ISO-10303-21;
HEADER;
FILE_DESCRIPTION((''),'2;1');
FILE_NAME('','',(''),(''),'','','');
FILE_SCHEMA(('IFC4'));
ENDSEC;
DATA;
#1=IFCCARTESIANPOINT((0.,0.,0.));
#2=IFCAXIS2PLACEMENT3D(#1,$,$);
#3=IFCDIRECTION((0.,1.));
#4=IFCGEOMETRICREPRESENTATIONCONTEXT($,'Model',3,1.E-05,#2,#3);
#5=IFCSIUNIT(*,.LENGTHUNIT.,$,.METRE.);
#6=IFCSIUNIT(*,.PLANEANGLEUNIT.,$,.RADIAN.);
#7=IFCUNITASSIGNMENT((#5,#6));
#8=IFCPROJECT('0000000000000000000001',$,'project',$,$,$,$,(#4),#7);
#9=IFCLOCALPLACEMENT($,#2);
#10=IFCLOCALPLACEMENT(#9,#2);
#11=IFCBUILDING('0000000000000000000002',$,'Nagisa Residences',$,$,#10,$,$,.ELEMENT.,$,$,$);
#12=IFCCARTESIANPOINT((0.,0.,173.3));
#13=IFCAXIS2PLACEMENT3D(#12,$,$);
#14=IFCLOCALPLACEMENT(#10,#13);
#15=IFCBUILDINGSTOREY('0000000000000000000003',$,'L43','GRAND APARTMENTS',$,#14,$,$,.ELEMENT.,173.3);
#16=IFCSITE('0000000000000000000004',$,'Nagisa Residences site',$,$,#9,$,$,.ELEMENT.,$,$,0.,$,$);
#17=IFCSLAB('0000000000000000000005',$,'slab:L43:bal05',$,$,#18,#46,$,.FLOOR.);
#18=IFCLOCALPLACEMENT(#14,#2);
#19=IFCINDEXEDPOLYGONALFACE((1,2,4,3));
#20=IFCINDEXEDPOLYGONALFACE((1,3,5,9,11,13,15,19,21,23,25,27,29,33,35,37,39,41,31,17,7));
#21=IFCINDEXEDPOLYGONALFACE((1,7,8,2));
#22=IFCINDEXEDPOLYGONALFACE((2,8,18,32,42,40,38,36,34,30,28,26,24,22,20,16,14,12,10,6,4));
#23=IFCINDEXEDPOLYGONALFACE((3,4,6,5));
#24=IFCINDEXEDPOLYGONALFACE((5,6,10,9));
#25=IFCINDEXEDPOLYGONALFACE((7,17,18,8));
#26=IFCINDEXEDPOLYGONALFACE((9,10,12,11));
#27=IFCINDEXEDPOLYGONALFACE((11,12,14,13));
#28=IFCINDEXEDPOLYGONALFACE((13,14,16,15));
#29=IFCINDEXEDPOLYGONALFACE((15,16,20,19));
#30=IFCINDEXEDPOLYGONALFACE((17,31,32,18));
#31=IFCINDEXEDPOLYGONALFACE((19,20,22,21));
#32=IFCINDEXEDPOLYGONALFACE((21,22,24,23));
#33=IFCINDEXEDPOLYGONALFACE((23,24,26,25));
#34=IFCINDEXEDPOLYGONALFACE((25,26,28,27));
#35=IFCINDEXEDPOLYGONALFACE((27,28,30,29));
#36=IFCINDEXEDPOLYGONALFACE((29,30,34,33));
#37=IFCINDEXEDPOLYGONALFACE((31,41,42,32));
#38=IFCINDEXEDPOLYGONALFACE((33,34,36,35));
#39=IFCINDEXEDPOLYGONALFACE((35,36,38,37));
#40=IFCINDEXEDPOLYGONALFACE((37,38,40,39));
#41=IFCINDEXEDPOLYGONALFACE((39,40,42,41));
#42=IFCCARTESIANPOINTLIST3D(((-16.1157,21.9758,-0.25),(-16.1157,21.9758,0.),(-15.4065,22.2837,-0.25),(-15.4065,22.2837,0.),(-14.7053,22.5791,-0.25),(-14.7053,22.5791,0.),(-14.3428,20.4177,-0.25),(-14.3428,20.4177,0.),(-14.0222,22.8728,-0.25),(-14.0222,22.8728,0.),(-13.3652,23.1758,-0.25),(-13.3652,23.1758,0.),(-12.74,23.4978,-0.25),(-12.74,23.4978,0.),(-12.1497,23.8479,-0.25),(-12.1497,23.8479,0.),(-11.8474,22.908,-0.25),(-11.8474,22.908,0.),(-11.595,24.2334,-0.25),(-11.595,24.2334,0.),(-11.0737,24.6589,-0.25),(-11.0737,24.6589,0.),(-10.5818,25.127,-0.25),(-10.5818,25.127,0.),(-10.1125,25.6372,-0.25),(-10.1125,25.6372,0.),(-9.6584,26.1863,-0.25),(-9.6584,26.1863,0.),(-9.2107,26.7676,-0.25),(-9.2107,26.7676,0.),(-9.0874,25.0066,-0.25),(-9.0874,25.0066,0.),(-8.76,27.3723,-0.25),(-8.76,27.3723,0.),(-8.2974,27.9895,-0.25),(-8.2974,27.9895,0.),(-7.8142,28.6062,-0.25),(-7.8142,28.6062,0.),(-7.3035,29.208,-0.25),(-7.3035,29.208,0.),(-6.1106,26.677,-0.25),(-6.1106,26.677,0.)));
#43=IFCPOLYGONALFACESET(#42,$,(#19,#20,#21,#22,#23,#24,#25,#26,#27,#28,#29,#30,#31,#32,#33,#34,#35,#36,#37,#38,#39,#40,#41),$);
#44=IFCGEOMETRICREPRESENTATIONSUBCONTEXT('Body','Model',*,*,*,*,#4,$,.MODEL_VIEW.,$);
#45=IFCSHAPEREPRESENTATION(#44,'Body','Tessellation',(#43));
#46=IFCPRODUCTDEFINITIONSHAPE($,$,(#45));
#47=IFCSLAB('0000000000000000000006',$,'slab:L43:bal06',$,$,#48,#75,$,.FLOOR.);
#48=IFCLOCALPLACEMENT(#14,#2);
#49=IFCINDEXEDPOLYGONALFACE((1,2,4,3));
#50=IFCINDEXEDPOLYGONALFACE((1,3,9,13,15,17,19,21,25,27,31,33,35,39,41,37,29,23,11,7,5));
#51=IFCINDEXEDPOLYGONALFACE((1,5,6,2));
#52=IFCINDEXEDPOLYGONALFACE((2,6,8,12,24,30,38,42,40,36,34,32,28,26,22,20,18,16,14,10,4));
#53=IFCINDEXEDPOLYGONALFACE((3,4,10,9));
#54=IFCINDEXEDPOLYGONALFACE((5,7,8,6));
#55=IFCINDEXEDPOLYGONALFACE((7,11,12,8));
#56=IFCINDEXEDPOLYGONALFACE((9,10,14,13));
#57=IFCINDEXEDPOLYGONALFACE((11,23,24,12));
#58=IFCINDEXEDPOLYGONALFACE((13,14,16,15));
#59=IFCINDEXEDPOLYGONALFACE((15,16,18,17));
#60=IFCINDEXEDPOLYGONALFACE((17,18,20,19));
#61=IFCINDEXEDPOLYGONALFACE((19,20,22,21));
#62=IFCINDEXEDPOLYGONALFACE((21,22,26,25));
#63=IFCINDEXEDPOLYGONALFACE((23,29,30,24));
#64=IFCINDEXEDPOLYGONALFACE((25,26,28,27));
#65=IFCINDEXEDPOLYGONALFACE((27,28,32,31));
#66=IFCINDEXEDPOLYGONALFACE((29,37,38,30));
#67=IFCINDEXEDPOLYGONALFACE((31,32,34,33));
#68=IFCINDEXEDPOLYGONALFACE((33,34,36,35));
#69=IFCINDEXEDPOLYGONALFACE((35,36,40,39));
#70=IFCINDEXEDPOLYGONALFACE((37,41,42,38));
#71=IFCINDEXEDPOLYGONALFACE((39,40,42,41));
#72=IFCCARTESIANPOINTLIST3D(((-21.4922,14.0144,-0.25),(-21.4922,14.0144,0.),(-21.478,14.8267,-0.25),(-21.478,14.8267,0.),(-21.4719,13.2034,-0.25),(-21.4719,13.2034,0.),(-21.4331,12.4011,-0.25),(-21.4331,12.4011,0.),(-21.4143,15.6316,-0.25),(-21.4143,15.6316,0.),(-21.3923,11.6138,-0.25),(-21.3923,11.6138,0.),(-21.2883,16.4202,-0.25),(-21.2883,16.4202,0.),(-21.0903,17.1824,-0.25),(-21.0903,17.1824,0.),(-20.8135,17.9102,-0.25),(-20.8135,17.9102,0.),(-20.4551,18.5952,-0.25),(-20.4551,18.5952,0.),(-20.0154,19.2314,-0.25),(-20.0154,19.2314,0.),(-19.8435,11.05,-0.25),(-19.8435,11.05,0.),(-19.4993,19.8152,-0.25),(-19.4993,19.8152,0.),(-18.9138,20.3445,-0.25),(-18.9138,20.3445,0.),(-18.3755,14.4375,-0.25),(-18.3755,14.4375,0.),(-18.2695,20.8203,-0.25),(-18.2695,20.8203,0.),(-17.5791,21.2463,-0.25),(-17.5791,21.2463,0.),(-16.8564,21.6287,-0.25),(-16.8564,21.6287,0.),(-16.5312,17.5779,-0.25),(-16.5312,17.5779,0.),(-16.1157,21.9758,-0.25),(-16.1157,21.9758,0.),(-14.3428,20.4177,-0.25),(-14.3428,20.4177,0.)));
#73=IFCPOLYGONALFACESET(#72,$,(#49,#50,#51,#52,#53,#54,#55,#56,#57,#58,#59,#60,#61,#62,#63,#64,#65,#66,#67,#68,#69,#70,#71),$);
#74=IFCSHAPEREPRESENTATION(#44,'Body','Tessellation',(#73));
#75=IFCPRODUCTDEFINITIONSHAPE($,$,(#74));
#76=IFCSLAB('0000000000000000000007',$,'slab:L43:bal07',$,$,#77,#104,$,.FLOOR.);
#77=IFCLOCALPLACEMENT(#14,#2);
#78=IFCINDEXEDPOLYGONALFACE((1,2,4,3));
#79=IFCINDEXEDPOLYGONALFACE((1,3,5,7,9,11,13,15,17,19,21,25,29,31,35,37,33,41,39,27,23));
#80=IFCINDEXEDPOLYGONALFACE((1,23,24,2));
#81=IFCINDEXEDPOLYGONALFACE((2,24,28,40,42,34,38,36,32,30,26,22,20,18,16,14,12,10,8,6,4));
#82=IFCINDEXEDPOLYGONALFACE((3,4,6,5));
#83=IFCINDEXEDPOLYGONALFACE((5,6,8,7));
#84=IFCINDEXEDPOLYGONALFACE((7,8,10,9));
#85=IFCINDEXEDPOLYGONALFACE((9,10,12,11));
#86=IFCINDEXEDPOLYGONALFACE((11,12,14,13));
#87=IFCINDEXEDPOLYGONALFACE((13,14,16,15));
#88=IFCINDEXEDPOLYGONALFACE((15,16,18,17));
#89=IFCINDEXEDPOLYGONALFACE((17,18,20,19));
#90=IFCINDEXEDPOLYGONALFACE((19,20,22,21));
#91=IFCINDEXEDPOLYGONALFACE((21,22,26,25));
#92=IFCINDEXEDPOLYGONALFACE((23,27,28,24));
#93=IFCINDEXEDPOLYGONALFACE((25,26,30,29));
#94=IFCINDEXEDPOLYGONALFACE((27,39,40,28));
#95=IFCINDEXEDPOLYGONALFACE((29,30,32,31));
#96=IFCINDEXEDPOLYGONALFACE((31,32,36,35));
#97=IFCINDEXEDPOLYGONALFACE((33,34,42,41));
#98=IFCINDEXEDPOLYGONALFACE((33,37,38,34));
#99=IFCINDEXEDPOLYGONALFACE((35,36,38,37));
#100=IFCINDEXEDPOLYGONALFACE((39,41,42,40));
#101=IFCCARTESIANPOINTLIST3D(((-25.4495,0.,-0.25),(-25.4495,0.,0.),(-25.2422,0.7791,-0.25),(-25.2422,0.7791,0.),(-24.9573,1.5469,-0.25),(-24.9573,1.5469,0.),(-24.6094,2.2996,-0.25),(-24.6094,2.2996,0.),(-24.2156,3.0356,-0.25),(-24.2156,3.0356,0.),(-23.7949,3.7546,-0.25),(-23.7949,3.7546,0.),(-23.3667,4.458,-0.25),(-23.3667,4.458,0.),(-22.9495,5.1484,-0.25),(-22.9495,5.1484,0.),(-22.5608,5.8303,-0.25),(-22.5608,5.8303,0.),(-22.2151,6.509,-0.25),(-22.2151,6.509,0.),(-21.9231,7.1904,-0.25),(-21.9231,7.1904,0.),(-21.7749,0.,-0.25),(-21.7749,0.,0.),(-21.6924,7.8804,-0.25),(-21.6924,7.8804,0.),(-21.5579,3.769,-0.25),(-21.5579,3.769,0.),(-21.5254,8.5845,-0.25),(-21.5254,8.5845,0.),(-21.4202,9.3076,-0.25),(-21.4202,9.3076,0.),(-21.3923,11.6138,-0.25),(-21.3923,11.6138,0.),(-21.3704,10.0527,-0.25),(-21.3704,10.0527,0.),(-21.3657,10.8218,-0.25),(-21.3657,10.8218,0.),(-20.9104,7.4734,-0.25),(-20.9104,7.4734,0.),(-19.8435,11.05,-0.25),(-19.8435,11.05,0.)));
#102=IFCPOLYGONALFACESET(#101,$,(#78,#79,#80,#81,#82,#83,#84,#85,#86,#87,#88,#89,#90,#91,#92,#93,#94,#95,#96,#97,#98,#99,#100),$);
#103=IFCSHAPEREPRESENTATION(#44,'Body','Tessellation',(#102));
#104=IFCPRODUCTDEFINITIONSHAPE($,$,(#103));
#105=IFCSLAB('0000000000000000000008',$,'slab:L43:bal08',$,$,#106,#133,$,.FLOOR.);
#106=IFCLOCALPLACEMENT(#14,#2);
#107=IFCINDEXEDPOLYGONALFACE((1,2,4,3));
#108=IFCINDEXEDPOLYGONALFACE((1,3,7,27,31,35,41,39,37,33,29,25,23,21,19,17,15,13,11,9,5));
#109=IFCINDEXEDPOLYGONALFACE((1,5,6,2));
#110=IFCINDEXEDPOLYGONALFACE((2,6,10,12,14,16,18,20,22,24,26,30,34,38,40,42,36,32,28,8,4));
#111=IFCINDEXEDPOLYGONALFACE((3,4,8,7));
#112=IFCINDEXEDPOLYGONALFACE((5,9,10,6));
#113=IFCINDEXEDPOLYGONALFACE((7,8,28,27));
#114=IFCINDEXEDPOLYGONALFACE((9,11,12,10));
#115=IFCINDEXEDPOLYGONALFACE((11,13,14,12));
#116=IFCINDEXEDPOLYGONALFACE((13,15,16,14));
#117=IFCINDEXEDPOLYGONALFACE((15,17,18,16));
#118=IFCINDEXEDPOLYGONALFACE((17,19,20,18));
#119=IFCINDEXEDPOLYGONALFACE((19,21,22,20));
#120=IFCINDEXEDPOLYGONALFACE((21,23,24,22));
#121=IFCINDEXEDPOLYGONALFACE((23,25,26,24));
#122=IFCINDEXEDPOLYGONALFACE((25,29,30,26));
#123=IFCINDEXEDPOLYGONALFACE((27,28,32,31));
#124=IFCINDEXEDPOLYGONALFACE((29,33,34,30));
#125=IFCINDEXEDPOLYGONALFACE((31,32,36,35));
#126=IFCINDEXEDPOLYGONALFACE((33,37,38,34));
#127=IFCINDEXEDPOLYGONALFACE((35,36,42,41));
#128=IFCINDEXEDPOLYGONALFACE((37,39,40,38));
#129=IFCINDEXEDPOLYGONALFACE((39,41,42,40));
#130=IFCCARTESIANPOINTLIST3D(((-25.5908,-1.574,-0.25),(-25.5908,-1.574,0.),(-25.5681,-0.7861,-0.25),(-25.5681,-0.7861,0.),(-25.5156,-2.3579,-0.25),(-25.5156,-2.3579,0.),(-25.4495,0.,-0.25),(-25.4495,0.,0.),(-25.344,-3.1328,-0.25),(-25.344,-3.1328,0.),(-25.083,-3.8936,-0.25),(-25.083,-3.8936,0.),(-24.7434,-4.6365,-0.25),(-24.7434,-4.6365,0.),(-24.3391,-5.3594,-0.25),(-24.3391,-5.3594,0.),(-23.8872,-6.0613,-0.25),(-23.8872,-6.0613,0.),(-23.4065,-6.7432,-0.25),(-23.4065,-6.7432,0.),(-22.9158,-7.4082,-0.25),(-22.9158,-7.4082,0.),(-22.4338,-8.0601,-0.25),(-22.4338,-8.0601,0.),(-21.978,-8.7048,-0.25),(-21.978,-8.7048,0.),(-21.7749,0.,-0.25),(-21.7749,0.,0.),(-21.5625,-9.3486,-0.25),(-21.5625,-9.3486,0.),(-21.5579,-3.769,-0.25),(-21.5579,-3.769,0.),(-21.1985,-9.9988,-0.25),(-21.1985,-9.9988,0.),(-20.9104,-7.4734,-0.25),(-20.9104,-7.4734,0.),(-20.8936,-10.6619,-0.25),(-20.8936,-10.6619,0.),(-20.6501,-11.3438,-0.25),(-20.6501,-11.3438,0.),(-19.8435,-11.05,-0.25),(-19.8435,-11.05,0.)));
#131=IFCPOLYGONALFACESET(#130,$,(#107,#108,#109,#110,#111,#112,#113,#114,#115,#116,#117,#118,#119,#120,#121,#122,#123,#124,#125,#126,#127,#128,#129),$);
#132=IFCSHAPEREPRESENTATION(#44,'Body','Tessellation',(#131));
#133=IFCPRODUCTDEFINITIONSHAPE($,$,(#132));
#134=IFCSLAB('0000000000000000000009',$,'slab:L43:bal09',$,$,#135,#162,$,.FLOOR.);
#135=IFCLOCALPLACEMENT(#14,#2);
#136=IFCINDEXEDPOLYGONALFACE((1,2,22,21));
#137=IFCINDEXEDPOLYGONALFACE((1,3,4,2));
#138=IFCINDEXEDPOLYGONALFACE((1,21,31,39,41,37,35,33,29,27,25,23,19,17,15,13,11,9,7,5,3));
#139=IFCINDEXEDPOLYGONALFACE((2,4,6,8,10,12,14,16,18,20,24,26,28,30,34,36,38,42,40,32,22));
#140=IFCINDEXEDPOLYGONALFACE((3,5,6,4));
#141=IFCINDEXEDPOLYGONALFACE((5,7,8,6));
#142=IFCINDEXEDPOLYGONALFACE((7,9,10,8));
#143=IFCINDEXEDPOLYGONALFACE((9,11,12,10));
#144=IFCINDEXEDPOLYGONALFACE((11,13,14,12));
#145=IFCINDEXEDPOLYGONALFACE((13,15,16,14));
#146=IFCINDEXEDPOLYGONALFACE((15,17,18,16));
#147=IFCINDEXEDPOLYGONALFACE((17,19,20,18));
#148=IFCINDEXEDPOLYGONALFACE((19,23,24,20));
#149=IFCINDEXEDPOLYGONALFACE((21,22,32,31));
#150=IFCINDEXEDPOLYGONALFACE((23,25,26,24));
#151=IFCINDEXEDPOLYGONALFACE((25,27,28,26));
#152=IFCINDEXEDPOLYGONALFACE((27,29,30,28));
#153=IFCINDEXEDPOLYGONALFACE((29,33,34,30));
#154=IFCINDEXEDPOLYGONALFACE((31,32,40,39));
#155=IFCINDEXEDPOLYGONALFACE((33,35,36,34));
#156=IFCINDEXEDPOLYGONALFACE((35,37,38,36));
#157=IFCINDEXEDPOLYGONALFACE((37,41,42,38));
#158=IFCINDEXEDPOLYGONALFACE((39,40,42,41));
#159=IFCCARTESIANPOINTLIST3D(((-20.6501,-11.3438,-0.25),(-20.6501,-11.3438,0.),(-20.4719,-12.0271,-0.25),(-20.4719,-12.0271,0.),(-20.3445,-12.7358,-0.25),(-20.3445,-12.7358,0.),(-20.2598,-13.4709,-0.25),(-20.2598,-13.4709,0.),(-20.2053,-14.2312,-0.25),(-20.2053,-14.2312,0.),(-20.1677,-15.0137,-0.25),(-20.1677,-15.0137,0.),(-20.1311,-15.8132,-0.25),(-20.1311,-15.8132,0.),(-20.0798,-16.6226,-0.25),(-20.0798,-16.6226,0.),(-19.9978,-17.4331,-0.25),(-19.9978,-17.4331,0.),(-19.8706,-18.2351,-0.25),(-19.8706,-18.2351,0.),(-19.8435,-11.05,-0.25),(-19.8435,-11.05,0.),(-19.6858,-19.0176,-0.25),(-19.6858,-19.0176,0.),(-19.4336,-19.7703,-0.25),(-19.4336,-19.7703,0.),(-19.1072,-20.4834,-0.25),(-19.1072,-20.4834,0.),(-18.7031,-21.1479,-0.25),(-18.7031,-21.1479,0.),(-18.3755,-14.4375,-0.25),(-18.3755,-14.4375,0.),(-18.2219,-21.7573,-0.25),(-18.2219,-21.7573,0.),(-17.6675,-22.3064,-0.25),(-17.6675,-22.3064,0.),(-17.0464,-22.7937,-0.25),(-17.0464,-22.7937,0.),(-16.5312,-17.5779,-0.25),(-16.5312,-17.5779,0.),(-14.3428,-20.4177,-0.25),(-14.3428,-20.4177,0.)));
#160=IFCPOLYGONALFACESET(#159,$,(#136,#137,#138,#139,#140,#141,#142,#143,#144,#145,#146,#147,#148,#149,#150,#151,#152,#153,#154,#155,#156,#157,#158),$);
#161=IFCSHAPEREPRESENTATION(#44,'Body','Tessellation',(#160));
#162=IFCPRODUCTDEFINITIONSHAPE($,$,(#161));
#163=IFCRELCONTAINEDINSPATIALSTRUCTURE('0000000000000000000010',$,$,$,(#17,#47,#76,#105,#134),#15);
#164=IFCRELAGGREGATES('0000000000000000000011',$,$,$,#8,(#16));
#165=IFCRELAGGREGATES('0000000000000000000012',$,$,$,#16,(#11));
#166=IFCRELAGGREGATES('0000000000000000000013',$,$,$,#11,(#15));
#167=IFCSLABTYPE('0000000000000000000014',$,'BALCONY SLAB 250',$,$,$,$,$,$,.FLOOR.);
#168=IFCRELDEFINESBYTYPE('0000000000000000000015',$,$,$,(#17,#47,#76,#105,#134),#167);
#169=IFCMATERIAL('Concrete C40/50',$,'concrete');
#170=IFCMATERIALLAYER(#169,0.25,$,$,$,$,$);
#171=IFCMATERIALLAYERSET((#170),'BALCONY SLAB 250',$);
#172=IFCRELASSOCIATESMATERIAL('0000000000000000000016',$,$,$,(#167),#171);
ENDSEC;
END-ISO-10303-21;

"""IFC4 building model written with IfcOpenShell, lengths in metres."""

from ifc_helpers import new_model, si_unit, direction, frame, origin, place, context, subcontext, project, spatial, polyline, outline, extrude, material, layer, layer_set, type_object, element, save


model = new_model("IFC4")

# Units and contexts
model_context = context("Model", 3, precision=1e-05, world=origin(), true_north=direction((0.0, 1.0)))
body_context = subcontext(model_context, "Body", "Model", "MODEL_VIEW")
ifc_project = project(units=[si_unit("LENGTHUNIT", "METRE"), si_unit("PLANEANGLEUNIT", "RADIAN")], contexts=[model_context])

# Site, building, storey
site_placement = place(None, origin())
site = spatial("IfcSite", under=ifc_project, at=site_placement, Name="Nagisa Residences site", CompositionType="ELEMENT", RefElevation=0.0)
building_placement = place(site_placement, origin())
building = spatial("IfcBuilding", under=site, at=building_placement, Name="Nagisa Residences", CompositionType="ELEMENT")
storey_placement = place(building_placement, frame((0.0, 0.0, 173.3)))
storey = spatial("IfcBuildingStorey", under=building, at=storey_placement, Name="L43", Description="GRAND APARTMENTS", CompositionType="ELEMENT", Elevation=173.3)

# Slabs
ifc_material_1 = material(Name="Concrete C40/50", Category="concrete")
ifc_layer_1 = layer(ifc_material_1, 0.25)
ifc_layer_set_1 = layer_set([ifc_layer_1], Name="BALCONY SLAB 250")
slab_type_1 = type_object("IfcSlabType", Name="BALCONY SLAB 250", PredefinedType="FLOOR", material=ifc_layer_set_1)
slab_1_placement = place(storey_placement, frame((0.0, 0.0, -0.25)))
element("IfcSlab", 1, at=slab_1_placement, inside=storey, type_object=slab_type_1, Name="slab:L43:bal05", PredefinedType="FLOOR", context=body_context, shape_type="SweptSolid", body=[
    extrude(outline(polyline([(-7.3035, 29.208), (-7.8142, 28.6062), (-8.2974, 27.9895), (-8.76, 27.3723), (-9.2107, 26.7676), (-9.6584, 26.1863), (-10.1125, 25.6372), (-10.5818, 25.127), (-11.0737, 24.6589), (-11.595, 24.2334), (-12.1497, 23.8479), (-12.74, 23.4978), (-13.3652, 23.1758), (-14.0222, 22.8728), (-14.7053, 22.5791), (-15.4065, 22.2837), (-16.1157, 21.9758), (-14.3428, 20.4177), (-11.8474, 22.908), (-9.0874, 25.0066), (-6.1106, 26.677), (-7.3035, 29.208)])), origin(), (0.0, 0.0, 1.0), 0.25),
])
slab_2_placement = place(storey_placement, frame((0.0, 0.0, -0.25)))
element("IfcSlab", 2, at=slab_2_placement, inside=storey, type_object=slab_type_1, Name="slab:L43:bal06", PredefinedType="FLOOR", context=body_context, shape_type="SweptSolid", body=[
    extrude(outline(polyline([(-16.1157, 21.9758), (-16.8564, 21.6287), (-17.5791, 21.2463), (-18.2695, 20.8203), (-18.9138, 20.3445), (-19.4993, 19.8152), (-20.0154, 19.2314), (-20.4551, 18.5952), (-20.8135, 17.9102), (-21.0903, 17.1824), (-21.2883, 16.4202), (-21.4143, 15.6316), (-21.478, 14.8267), (-21.4922, 14.0144), (-21.4719, 13.2034), (-21.4331, 12.4011), (-21.3923, 11.6138), (-19.8435, 11.05), (-18.3755, 14.4375), (-16.5312, 17.5779), (-14.3428, 20.4177), (-16.1157, 21.9758)])), origin(), (0.0, 0.0, 1.0), 0.25),
])
slab_3_placement = place(storey_placement, frame((0.0, 0.0, -0.25)))
element("IfcSlab", 3, at=slab_3_placement, inside=storey, type_object=slab_type_1, Name="slab:L43:bal07", PredefinedType="FLOOR", context=body_context, shape_type="SweptSolid", body=[
    extrude(outline(polyline([(-21.3923, 11.6138), (-21.3657, 10.8218), (-21.3704, 10.0527), (-21.4202, 9.3076), (-21.5254, 8.5845), (-21.6924, 7.8804), (-21.9231, 7.1904), (-22.2151, 6.509), (-22.5608, 5.8303), (-22.9495, 5.1484), (-23.3667, 4.458), (-23.7949, 3.7546), (-24.2156, 3.0356), (-24.6094, 2.2996), (-24.9573, 1.5469), (-25.2422, 0.7791), (-25.4495, 0.0), (-21.7749, 0.0), (-21.5579, 3.769), (-20.9104, 7.4734), (-19.8435, 11.05), (-21.3923, 11.6138)])), origin(), (0.0, 0.0, 1.0), 0.25),
])
slab_4_placement = place(storey_placement, frame((0.0, 0.0, -0.25)))
element("IfcSlab", 4, at=slab_4_placement, inside=storey, type_object=slab_type_1, Name="slab:L43:bal08", PredefinedType="FLOOR", context=body_context, shape_type="SweptSolid", body=[
    extrude(outline(polyline([(-25.4495, 0.0), (-25.5681, -0.7861), (-25.5908, -1.574), (-25.5156, -2.3579), (-25.344, -3.1328), (-25.083, -3.8936), (-24.7434, -4.6365), (-24.3391, -5.3594), (-23.8872, -6.0613), (-23.4065, -6.7432), (-22.9158, -7.4082), (-22.4338, -8.0601), (-21.978, -8.7048), (-21.5625, -9.3486), (-21.1985, -9.9988), (-20.8936, -10.6619), (-20.6501, -11.3438), (-19.8435, -11.05), (-20.9104, -7.4734), (-21.5579, -3.769), (-21.7749, 0.0), (-25.4495, 0.0)])), origin(), (0.0, 0.0, 1.0), 0.25),
])
slab_5_placement = place(storey_placement, frame((0.0, 0.0, -0.25)))
element("IfcSlab", 5, at=slab_5_placement, inside=storey, type_object=slab_type_1, Name="slab:L43:bal09", PredefinedType="FLOOR", context=body_context, shape_type="SweptSolid", body=[
    extrude(outline(polyline([(-20.6501, -11.3438), (-20.4719, -12.0271), (-20.3445, -12.7358), (-20.2598, -13.4709), (-20.2053, -14.2312), (-20.1677, -15.0137), (-20.1311, -15.8132), (-20.0798, -16.6226), (-19.9978, -17.4331), (-19.8706, -18.2351), (-19.6858, -19.0176), (-19.4336, -19.7703), (-19.1072, -20.4834), (-18.7031, -21.1479), (-18.2219, -21.7573), (-17.6675, -22.3064), (-17.0464, -22.7937), (-14.3428, -20.4177), (-16.5312, -17.5779), (-18.3755, -14.4375), (-19.8435, -11.05), (-20.6501, -11.3438)])), origin(), (0.0, 0.0, 1.0), 0.25),
])

save(model, "model.ifc")
